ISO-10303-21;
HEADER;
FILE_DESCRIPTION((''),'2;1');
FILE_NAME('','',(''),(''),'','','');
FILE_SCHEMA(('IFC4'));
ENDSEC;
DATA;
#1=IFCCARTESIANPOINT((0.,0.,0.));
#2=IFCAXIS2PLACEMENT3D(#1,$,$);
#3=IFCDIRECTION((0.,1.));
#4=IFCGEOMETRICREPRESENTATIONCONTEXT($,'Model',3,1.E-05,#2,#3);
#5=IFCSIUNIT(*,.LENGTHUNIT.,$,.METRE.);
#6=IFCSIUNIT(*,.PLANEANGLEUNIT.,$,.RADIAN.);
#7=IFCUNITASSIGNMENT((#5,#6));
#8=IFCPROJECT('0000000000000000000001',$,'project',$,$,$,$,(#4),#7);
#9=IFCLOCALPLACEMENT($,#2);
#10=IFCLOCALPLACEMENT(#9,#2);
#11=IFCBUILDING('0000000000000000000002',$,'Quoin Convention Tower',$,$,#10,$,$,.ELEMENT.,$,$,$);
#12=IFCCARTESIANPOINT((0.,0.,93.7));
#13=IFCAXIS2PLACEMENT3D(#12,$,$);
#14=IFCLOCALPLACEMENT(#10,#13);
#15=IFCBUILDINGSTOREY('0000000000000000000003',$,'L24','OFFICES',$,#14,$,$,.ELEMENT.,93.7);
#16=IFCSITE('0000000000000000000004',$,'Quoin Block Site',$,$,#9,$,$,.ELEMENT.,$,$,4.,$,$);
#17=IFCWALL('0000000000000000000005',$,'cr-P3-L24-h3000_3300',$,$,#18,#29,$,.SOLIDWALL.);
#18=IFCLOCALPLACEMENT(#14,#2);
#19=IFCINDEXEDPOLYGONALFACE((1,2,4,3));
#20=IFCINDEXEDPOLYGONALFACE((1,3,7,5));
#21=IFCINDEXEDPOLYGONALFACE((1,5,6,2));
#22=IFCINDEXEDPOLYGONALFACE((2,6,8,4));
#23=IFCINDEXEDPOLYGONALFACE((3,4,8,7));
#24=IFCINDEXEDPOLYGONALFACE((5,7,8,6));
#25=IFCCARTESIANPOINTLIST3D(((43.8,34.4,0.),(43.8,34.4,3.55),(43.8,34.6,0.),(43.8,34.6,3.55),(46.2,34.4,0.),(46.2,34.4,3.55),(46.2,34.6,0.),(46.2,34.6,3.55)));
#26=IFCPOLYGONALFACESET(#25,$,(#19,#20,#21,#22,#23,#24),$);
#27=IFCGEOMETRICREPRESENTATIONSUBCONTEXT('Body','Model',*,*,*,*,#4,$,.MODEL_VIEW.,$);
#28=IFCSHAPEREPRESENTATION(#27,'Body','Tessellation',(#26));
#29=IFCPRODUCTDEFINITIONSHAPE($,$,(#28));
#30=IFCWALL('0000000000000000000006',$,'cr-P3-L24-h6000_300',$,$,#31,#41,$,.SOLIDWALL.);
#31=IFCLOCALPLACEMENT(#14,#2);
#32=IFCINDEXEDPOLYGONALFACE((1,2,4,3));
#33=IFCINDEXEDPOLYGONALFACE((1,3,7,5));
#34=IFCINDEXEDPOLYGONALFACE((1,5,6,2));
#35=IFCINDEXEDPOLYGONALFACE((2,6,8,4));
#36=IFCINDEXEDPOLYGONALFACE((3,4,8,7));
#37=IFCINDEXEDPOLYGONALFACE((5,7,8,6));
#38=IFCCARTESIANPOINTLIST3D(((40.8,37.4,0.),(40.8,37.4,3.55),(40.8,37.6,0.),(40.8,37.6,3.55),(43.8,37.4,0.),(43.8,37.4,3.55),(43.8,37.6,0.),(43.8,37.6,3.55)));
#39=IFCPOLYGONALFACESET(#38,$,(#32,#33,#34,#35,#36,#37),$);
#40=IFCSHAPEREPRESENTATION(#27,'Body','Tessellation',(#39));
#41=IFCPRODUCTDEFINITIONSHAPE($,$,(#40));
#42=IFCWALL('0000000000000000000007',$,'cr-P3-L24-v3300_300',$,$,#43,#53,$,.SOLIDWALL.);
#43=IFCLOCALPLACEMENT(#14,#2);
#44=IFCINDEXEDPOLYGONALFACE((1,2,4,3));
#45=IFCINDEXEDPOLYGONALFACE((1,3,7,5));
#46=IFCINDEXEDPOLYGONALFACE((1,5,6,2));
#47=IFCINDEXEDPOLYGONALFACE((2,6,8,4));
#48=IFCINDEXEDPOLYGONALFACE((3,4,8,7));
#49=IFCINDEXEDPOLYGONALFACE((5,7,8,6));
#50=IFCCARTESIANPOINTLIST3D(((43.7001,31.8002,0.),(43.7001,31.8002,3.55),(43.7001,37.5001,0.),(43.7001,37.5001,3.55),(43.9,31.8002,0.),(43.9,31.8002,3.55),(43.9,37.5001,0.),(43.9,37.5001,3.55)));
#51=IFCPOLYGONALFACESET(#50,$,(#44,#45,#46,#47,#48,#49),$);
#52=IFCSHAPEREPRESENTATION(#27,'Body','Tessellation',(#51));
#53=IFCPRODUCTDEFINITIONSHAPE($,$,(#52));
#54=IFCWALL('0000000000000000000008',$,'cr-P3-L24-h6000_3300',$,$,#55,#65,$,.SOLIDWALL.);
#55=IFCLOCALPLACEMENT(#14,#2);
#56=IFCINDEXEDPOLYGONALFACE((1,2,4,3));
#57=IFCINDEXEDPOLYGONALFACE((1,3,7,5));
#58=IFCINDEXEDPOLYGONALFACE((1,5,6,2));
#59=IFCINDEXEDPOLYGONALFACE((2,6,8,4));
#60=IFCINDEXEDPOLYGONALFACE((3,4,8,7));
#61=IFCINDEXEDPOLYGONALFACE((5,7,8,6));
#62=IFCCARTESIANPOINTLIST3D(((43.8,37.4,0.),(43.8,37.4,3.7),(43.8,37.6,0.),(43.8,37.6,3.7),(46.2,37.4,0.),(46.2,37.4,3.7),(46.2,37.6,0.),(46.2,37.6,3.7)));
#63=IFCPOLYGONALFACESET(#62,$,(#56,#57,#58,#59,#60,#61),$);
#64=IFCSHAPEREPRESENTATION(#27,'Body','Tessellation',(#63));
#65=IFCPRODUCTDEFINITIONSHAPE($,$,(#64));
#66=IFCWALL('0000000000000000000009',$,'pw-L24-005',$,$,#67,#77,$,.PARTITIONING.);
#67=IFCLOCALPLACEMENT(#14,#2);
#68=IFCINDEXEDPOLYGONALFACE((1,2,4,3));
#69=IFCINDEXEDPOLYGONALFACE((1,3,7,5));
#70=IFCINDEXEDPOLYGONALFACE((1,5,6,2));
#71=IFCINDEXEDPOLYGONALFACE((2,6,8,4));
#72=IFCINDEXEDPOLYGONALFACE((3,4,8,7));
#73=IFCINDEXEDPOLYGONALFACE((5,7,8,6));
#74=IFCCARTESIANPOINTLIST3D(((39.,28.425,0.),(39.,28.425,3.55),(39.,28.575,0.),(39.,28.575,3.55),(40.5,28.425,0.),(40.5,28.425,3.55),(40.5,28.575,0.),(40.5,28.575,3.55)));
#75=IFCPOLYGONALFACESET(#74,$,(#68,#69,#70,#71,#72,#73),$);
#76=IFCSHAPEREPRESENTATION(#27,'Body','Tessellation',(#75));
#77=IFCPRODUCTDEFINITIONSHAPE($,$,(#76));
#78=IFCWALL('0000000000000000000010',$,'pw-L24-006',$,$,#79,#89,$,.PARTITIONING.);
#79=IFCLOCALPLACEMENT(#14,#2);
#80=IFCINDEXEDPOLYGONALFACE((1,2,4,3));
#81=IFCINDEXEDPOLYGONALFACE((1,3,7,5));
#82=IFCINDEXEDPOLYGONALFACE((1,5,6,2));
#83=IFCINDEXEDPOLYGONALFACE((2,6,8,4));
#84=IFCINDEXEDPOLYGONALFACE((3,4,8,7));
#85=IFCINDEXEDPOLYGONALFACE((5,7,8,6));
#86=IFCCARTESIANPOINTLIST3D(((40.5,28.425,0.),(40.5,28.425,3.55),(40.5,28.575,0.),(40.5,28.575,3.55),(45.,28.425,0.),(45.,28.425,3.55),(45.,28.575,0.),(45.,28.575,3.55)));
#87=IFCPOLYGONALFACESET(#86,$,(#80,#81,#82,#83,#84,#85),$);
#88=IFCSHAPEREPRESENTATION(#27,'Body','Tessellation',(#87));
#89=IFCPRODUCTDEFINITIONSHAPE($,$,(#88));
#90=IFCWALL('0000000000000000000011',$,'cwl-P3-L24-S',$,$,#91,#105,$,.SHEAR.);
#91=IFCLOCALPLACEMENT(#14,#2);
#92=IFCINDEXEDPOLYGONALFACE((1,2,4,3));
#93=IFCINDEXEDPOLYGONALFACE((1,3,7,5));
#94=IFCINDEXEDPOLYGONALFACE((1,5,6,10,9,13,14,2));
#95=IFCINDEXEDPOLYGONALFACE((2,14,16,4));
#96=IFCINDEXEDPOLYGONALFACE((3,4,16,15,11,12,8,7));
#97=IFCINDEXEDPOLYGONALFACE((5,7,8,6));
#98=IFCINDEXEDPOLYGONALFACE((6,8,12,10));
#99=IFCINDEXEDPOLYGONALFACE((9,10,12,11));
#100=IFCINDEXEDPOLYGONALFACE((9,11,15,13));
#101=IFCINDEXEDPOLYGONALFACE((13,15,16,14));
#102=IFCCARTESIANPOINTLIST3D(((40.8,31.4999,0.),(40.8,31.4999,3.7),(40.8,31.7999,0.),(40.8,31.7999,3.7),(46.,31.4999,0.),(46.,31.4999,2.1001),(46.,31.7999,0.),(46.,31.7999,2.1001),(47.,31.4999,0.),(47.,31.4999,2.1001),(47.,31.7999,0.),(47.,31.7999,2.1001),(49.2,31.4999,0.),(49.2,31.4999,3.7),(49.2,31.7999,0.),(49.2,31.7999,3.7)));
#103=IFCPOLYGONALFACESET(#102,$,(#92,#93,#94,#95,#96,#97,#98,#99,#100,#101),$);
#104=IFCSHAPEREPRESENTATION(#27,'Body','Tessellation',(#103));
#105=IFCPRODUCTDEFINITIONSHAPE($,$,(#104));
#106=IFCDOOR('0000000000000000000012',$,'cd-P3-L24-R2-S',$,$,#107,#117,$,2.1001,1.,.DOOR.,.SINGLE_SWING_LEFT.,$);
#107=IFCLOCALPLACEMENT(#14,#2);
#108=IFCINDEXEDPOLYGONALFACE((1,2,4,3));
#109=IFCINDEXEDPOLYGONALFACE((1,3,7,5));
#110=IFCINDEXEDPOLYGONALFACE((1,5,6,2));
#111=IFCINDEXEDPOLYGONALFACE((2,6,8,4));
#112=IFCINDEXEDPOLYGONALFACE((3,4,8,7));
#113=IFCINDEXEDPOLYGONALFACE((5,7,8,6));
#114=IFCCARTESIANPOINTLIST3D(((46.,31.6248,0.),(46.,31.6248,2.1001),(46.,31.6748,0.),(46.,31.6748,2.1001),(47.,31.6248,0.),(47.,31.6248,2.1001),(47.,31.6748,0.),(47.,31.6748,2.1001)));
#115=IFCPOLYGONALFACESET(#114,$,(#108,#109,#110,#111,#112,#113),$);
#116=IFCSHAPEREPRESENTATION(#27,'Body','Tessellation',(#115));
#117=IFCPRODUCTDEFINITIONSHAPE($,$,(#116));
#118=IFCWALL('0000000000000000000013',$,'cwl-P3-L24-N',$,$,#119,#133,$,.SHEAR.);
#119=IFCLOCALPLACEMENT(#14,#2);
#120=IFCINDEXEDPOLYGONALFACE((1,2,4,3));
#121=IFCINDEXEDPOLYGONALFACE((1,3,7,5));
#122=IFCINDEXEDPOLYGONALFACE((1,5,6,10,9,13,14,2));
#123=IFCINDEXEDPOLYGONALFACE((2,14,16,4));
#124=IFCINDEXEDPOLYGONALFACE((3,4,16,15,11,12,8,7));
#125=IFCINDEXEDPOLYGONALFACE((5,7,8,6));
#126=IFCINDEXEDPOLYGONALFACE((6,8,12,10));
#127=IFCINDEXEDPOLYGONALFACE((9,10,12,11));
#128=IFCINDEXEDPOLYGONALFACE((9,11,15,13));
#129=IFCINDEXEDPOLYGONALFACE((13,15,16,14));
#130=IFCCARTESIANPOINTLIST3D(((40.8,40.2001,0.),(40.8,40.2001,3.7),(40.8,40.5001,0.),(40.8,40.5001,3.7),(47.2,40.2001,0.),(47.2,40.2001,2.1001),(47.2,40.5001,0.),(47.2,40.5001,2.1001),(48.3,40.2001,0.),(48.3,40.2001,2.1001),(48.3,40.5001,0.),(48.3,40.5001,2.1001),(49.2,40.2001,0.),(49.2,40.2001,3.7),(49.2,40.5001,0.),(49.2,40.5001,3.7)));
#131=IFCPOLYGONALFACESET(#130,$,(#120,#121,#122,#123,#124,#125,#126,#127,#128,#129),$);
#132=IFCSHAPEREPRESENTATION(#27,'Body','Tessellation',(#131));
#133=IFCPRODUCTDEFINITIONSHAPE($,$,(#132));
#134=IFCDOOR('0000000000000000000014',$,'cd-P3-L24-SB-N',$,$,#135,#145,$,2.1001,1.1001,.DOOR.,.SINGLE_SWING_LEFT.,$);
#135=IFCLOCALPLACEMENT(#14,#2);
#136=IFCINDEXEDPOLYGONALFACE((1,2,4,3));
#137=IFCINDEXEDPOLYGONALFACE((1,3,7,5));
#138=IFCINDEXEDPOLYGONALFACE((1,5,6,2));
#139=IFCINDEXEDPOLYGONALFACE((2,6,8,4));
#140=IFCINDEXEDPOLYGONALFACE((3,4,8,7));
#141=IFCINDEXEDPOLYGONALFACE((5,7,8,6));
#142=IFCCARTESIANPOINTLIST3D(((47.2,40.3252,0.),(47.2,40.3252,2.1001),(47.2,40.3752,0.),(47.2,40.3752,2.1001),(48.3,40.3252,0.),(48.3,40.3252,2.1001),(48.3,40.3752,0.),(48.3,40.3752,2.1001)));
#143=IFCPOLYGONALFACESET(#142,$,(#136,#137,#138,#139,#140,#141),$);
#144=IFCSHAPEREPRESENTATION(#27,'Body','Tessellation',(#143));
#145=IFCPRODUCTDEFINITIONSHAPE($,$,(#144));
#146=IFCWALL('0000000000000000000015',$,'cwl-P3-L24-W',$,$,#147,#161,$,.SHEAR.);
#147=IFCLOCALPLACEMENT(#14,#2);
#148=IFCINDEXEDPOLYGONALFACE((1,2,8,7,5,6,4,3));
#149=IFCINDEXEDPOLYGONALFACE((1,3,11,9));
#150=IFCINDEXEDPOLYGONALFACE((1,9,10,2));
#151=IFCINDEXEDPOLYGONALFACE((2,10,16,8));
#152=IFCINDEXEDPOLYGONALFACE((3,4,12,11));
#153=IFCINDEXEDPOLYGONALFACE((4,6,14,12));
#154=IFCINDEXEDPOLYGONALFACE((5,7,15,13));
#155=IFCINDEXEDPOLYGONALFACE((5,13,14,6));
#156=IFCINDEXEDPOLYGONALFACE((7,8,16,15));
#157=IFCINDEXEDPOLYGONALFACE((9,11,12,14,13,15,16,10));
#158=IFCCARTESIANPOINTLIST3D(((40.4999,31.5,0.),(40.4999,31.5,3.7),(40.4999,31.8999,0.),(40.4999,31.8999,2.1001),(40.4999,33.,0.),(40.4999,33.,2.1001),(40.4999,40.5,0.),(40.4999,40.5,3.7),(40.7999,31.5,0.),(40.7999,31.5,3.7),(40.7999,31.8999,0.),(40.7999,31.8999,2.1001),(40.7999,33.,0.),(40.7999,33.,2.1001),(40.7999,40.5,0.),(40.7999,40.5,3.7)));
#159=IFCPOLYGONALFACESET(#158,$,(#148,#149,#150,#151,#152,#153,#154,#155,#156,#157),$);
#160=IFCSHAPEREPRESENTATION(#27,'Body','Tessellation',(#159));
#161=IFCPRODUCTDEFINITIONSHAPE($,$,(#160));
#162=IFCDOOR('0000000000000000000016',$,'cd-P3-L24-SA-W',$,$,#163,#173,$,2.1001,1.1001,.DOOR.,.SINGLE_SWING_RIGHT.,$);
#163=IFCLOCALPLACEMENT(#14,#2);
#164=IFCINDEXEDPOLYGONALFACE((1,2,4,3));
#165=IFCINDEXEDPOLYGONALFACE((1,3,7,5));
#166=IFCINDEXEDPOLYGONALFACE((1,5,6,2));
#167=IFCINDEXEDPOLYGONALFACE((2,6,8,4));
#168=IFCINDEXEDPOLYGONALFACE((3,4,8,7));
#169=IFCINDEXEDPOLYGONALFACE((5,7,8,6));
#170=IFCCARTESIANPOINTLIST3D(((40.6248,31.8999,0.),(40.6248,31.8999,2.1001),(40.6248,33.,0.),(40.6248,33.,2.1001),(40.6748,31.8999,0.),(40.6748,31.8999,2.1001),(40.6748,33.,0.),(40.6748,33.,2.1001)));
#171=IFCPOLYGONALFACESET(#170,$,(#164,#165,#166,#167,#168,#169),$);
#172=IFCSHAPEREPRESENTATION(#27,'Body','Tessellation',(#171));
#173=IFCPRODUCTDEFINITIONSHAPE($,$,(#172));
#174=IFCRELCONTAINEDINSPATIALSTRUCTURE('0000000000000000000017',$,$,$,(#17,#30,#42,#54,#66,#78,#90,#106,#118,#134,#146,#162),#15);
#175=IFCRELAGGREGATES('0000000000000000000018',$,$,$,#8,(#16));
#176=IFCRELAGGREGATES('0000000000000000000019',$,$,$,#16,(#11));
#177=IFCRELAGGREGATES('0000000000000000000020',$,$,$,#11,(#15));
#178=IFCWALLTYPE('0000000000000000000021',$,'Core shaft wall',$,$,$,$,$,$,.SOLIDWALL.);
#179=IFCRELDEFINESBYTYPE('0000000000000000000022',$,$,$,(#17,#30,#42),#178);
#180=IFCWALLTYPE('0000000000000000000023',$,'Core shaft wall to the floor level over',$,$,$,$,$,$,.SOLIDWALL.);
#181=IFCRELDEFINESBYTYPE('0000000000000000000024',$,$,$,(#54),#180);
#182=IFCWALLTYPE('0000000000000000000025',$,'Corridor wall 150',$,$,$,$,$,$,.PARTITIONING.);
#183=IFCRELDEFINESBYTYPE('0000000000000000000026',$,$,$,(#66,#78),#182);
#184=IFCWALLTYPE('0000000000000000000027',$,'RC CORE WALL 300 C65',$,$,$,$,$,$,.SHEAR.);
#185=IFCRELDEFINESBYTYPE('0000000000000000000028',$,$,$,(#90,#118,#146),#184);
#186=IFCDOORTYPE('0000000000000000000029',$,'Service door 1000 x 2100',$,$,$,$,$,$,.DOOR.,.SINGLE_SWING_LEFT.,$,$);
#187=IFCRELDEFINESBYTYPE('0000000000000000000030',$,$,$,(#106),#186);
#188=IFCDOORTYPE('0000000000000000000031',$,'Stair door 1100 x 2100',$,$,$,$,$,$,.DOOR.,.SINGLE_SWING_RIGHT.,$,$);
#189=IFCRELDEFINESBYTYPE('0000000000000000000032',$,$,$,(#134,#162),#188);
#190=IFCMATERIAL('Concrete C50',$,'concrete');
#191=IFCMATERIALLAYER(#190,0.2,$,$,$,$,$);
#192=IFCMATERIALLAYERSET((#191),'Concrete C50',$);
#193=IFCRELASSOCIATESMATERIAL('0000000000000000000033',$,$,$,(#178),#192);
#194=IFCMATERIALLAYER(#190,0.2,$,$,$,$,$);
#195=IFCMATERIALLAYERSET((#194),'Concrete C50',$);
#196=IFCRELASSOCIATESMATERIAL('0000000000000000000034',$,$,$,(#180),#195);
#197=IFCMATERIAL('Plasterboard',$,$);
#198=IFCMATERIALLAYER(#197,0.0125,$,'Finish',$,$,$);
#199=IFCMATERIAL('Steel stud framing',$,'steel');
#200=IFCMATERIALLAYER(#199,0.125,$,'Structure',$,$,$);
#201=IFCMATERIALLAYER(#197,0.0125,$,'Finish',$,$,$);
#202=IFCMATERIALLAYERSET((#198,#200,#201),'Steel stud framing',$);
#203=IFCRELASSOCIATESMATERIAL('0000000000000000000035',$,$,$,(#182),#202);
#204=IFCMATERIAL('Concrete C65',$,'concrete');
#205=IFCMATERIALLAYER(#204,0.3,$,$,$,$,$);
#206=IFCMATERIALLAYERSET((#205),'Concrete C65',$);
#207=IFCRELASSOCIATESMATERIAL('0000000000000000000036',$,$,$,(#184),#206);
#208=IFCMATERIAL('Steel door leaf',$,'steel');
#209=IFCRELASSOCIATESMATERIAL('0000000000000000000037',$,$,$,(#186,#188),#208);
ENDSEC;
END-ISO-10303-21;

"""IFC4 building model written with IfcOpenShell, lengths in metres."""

from ifc_helpers import new_model, si_unit, direction, frame, frame_2d, origin, place, context, subcontext, project, spatial, rectangle, extrude, material, layer, layer_set, type_object, element, fill, save


model = new_model("IFC4")

# Units and contexts
model_context = context("Model", 3, precision=1e-05, world=origin(), true_north=direction((0.0, 1.0)))
body_context = subcontext(model_context, "Body", "Model", "MODEL_VIEW")
ifc_project = project(units=[si_unit("LENGTHUNIT", "METRE"), si_unit("PLANEANGLEUNIT", "RADIAN")], contexts=[model_context])

# Site, building, storey
site_placement = place(None, origin())
site = spatial("IfcSite", under=ifc_project, at=site_placement, Name="Quoin Block Site", CompositionType="ELEMENT", RefElevation=4.0)
building_placement = place(site_placement, origin())
building = spatial("IfcBuilding", under=site, at=building_placement, Name="Quoin Convention Tower", CompositionType="ELEMENT")
storey_placement = place(building_placement, frame((0.0, 0.0, 93.7)))
storey = spatial("IfcBuildingStorey", under=building, at=storey_placement, Name="L24", Description="OFFICES", CompositionType="ELEMENT", Elevation=93.7)

# Shared definitions
ifc_material_1 = material(Name="Concrete C65", Category="concrete")

# Shared definitions
ifc_material_2 = material(Name="Plasterboard")
ifc_material_3 = material(Name="Steel stud framing", Category="steel")
ifc_material_4 = material(Name="Steel door leaf", Category="steel")

# Walls
ifc_material_5 = material(Name="Concrete C50", Category="concrete")
ifc_layer_1 = layer(ifc_material_5, 0.2)
ifc_layer_set_1 = layer_set([ifc_layer_1], Name="Concrete C50")
wall_type_1 = type_object("IfcWallType", Name="Core shaft wall", PredefinedType="SOLIDWALL", material=ifc_layer_set_1)
wall_1_placement = place(storey_placement, frame((43.8, 34.5, 0.0), z_axis=(0.0, 0.0, 1.0), x_axis=(1.0, 0.0, 0.0)))
element("IfcWall", 1, at=wall_1_placement, inside=storey, type_object=wall_type_1, Name="cr-P3-L24-h3000_3300", PredefinedType="SOLIDWALL", context=body_context, shape_type="SweptSolid", body=[
    extrude(rectangle(XDim=2.3999, YDim=0.2, at=frame_2d((1.2, 0.0))), origin(), (0.0, 0.0, 1.0), 3.55),
])
wall_2_placement = place(storey_placement, frame((40.8, 37.5, 0.0), z_axis=(0.0, 0.0, 1.0), x_axis=(1.0, 0.0, 0.0)))
element("IfcWall", 2, at=wall_2_placement, inside=storey, type_object=wall_type_1, Name="cr-P3-L24-h6000_300", PredefinedType="SOLIDWALL", context=body_context, shape_type="SweptSolid", body=[
    extrude(rectangle(XDim=3.0, YDim=0.2, at=frame_2d((1.5, 0.0))), origin(), (0.0, 0.0, 1.0), 3.55),
])
wall_3_placement = place(storey_placement, frame((43.8, 31.8, 0.0), z_axis=(0.0, 0.0, 1.0), x_axis=(0.0, 1.0, 0.0)))
element("IfcWall", 3, at=wall_3_placement, inside=storey, type_object=wall_type_1, Name="cr-P3-L24-v3300_300", PredefinedType="SOLIDWALL", context=body_context, shape_type="SweptSolid", body=[
    extrude(rectangle(XDim=5.7, YDim=0.2, at=frame_2d((2.8501, 0.0))), origin(), (0.0, 0.0, 1.0), 3.55),
])
ifc_layer_2 = layer(ifc_material_5, 0.2)
ifc_layer_set_2 = layer_set([ifc_layer_2], Name="Concrete C50")
wall_type_2 = type_object("IfcWallType", Name="Core shaft wall to the floor level over", PredefinedType="SOLIDWALL", material=ifc_layer_set_2)
wall_4_placement = place(storey_placement, frame((43.8, 37.5, 0.0), z_axis=(0.0, 0.0, 1.0), x_axis=(1.0, 0.0, 0.0)))
element("IfcWall", 4, at=wall_4_placement, inside=storey, type_object=wall_type_2, Name="cr-P3-L24-h6000_3300", PredefinedType="SOLIDWALL", context=body_context, shape_type="SweptSolid", body=[
    extrude(rectangle(XDim=2.3999, YDim=0.2, at=frame_2d((1.2, 0.0))), origin(), (0.0, 0.0, 1.0), 3.7),
])
ifc_layer_3 = layer(ifc_material_2, 0.0125, Name="Finish")
ifc_layer_4 = layer(ifc_material_3, 0.125, Name="Structure")
ifc_layer_5 = layer(ifc_material_2, 0.0125, Name="Finish")
ifc_layer_set_3 = layer_set([ifc_layer_3, ifc_layer_4, ifc_layer_5], Name="Steel stud framing")
wall_type_3 = type_object("IfcWallType", Name="Corridor wall 150", PredefinedType="PARTITIONING", material=ifc_layer_set_3)
wall_5_placement = place(storey_placement, frame((39.0, 28.5, 0.0), z_axis=(0.0, 0.0, 1.0), x_axis=(1.0, 0.0, 0.0)))
element("IfcWall", 5, at=wall_5_placement, inside=storey, type_object=wall_type_3, Name="pw-L24-005", PredefinedType="PARTITIONING", context=body_context, shape_type="SweptSolid", body=[
    extrude(rectangle(XDim=1.5, YDim=0.1499, at=frame_2d((0.75, 0.0))), origin(), (0.0, 0.0, 1.0), 3.55),
])
wall_6_placement = place(storey_placement, frame((40.5, 28.5, 0.0), z_axis=(0.0, 0.0, 1.0), x_axis=(1.0, 0.0, 0.0)))
element("IfcWall", 6, at=wall_6_placement, inside=storey, type_object=wall_type_3, Name="pw-L24-006", PredefinedType="PARTITIONING", context=body_context, shape_type="SweptSolid", body=[
    extrude(rectangle(XDim=4.5, YDim=0.1499, at=frame_2d((2.25, 0.0))), origin(), (0.0, 0.0, 1.0), 3.55),
])

# Walls, openings, doors
ifc_layer_6 = layer(ifc_material_1, 0.3)
ifc_layer_set_4 = layer_set([ifc_layer_6], Name="Concrete C65")
wall_type_4 = type_object("IfcWallType", Name="RC CORE WALL 300 C65", PredefinedType="SHEAR", material=ifc_layer_set_4)
wall_7_placement = place(storey_placement, frame((40.8, 31.6499, 0.0), z_axis=(0.0, 0.0, 1.0), x_axis=(1.0, 0.0, 0.0)))
wall_7 = element("IfcWall", 7, at=wall_7_placement, inside=storey, type_object=wall_type_4, Name="cwl-P3-L24-S", PredefinedType="SHEAR", context=body_context, shape_type="SweptSolid", body=[
    extrude(rectangle(XDim=8.3999, YDim=0.3, at=frame_2d((4.2, 0.0))), origin(), (0.0, 0.0, 1.0), 3.7),
])
opening_1_placement = place(wall_7_placement, frame((5.2, 0.0, 0.0)))
opening_1 = element("IfcOpeningElement", 8, at=opening_1_placement, cuts=wall_7, PredefinedType="OPENING", context=body_context, shape_type="SweptSolid", body=[
    extrude(rectangle(XDim=1.0, YDim=2.1001, at=frame_2d((0.5, 1.05))), frame((0.0, 0.1599, 0.0), z_axis=(0.0, -1.0, 0.0), x_axis=(1.0, 0.0, 0.0)), (0.0, 0.0, 1.0), 0.3201),
])
door_type_1 = type_object("IfcDoorType", Name="Service door 1000 x 2100", OperationType="SINGLE_SWING_LEFT", PredefinedType="DOOR", material=ifc_material_4)
door_1_placement = place(opening_1_placement, origin())
door_1 = element("IfcDoor", 9, at=door_1_placement, inside=storey, type_object=door_type_1, Name="cd-P3-L24-R2-S", OperationType="SINGLE_SWING_LEFT", OverallHeight=2.1001, OverallWidth=1.0, PredefinedType="DOOR", context=body_context, shape_type="SweptSolid", body=[
    extrude(rectangle(XDim=1.0, YDim=2.1001, at=frame_2d((0.5, 1.05))), frame((0.0, 0.0249, 0.0), z_axis=(0.0, -1.0, 0.0), x_axis=(1.0, 0.0, 0.0)), (0.0, 0.0, 1.0), 0.05),
])
fill(opening_1, door_1)
wall_8_placement = place(storey_placement, frame((40.8, 40.3501, 0.0), z_axis=(0.0, 0.0, 1.0), x_axis=(1.0, 0.0, 0.0)))
wall_8 = element("IfcWall", 10, at=wall_8_placement, inside=storey, type_object=wall_type_4, Name="cwl-P3-L24-N", PredefinedType="SHEAR", context=body_context, shape_type="SweptSolid", body=[
    extrude(rectangle(XDim=8.3999, YDim=0.3, at=frame_2d((4.2, 0.0))), origin(), (0.0, 0.0, 1.0), 3.7),
])
opening_2_placement = place(wall_8_placement, frame((6.3999, 0.0, 0.0)))
opening_2 = element("IfcOpeningElement", 11, at=opening_2_placement, cuts=wall_8, PredefinedType="OPENING", context=body_context, shape_type="SweptSolid", body=[
    extrude(rectangle(XDim=1.1001, YDim=2.1001, at=frame_2d((0.55, 1.05))), frame((0.0, 0.1599, 0.0), z_axis=(0.0, -1.0, 0.0), x_axis=(1.0, 0.0, 0.0)), (0.0, 0.0, 1.0), 0.3201),
])
door_type_2 = type_object("IfcDoorType", Name="Stair door 1100 x 2100", OperationType="SINGLE_SWING_RIGHT", PredefinedType="DOOR", material=ifc_material_4)
door_2_placement = place(opening_2_placement, frame((1.1001, 0.0, 0.0), z_axis=(0.0, 0.0, 1.0), x_axis=(-1.0, 0.0, 0.0)))
door_2 = element("IfcDoor", 12, at=door_2_placement, inside=storey, type_object=door_type_2, Name="cd-P3-L24-SB-N", OperationType="SINGLE_SWING_LEFT", OverallHeight=2.1001, OverallWidth=1.1001, PredefinedType="DOOR", context=body_context, shape_type="SweptSolid", body=[
    extrude(rectangle(XDim=1.1001, YDim=2.1001, at=frame_2d((0.55, 1.05))), frame((0.0, 0.0249, 0.0), z_axis=(0.0, -1.0, 0.0), x_axis=(1.0, 0.0, 0.0)), (0.0, 0.0, 1.0), 0.05),
])
fill(opening_2, door_2)
wall_9_placement = place(storey_placement, frame((40.6499, 31.5, 0.0), z_axis=(0.0, 0.0, 1.0), x_axis=(0.0, 1.0, 0.0)))
wall_9 = element("IfcWall", 13, at=wall_9_placement, inside=storey, type_object=wall_type_4, Name="cwl-P3-L24-W", PredefinedType="SHEAR", context=body_context, shape_type="SweptSolid", body=[
    extrude(rectangle(XDim=9.0, YDim=0.3, at=frame_2d((4.5, 0.0))), origin(), (0.0, 0.0, 1.0), 3.7),
])
opening_3_placement = place(wall_9_placement, frame((0.3999, 0.0, 0.0)))
opening_3 = element("IfcOpeningElement", 14, at=opening_3_placement, cuts=wall_9, PredefinedType="OPENING", context=body_context, shape_type="SweptSolid", body=[
    extrude(rectangle(XDim=1.1001, YDim=2.1001, at=frame_2d((0.55, 1.05))), frame((0.0, 0.1599, 0.0), z_axis=(0.0, -1.0, 0.0), x_axis=(1.0, 0.0, 0.0)), (0.0, 0.0, 1.0), 0.3201),
])
door_3_placement = place(opening_3_placement, frame((1.1001, 0.0, 0.0), z_axis=(0.0, 0.0, 1.0), x_axis=(-1.0, 0.0, 0.0)))
door_3 = element("IfcDoor", 15, at=door_3_placement, inside=storey, type_object=door_type_2, Name="cd-P3-L24-SA-W", OperationType="SINGLE_SWING_RIGHT", OverallHeight=2.1001, OverallWidth=1.1001, PredefinedType="DOOR", context=body_context, shape_type="SweptSolid", body=[
    extrude(rectangle(XDim=1.1001, YDim=2.1001, at=frame_2d((0.55, 1.05))), frame((0.0, 0.0249, 0.0), z_axis=(0.0, -1.0, 0.0), x_axis=(1.0, 0.0, 0.0)), (0.0, 0.0, 1.0), 0.05),
])
fill(opening_3, door_3)

save(model, "model.ifc")
